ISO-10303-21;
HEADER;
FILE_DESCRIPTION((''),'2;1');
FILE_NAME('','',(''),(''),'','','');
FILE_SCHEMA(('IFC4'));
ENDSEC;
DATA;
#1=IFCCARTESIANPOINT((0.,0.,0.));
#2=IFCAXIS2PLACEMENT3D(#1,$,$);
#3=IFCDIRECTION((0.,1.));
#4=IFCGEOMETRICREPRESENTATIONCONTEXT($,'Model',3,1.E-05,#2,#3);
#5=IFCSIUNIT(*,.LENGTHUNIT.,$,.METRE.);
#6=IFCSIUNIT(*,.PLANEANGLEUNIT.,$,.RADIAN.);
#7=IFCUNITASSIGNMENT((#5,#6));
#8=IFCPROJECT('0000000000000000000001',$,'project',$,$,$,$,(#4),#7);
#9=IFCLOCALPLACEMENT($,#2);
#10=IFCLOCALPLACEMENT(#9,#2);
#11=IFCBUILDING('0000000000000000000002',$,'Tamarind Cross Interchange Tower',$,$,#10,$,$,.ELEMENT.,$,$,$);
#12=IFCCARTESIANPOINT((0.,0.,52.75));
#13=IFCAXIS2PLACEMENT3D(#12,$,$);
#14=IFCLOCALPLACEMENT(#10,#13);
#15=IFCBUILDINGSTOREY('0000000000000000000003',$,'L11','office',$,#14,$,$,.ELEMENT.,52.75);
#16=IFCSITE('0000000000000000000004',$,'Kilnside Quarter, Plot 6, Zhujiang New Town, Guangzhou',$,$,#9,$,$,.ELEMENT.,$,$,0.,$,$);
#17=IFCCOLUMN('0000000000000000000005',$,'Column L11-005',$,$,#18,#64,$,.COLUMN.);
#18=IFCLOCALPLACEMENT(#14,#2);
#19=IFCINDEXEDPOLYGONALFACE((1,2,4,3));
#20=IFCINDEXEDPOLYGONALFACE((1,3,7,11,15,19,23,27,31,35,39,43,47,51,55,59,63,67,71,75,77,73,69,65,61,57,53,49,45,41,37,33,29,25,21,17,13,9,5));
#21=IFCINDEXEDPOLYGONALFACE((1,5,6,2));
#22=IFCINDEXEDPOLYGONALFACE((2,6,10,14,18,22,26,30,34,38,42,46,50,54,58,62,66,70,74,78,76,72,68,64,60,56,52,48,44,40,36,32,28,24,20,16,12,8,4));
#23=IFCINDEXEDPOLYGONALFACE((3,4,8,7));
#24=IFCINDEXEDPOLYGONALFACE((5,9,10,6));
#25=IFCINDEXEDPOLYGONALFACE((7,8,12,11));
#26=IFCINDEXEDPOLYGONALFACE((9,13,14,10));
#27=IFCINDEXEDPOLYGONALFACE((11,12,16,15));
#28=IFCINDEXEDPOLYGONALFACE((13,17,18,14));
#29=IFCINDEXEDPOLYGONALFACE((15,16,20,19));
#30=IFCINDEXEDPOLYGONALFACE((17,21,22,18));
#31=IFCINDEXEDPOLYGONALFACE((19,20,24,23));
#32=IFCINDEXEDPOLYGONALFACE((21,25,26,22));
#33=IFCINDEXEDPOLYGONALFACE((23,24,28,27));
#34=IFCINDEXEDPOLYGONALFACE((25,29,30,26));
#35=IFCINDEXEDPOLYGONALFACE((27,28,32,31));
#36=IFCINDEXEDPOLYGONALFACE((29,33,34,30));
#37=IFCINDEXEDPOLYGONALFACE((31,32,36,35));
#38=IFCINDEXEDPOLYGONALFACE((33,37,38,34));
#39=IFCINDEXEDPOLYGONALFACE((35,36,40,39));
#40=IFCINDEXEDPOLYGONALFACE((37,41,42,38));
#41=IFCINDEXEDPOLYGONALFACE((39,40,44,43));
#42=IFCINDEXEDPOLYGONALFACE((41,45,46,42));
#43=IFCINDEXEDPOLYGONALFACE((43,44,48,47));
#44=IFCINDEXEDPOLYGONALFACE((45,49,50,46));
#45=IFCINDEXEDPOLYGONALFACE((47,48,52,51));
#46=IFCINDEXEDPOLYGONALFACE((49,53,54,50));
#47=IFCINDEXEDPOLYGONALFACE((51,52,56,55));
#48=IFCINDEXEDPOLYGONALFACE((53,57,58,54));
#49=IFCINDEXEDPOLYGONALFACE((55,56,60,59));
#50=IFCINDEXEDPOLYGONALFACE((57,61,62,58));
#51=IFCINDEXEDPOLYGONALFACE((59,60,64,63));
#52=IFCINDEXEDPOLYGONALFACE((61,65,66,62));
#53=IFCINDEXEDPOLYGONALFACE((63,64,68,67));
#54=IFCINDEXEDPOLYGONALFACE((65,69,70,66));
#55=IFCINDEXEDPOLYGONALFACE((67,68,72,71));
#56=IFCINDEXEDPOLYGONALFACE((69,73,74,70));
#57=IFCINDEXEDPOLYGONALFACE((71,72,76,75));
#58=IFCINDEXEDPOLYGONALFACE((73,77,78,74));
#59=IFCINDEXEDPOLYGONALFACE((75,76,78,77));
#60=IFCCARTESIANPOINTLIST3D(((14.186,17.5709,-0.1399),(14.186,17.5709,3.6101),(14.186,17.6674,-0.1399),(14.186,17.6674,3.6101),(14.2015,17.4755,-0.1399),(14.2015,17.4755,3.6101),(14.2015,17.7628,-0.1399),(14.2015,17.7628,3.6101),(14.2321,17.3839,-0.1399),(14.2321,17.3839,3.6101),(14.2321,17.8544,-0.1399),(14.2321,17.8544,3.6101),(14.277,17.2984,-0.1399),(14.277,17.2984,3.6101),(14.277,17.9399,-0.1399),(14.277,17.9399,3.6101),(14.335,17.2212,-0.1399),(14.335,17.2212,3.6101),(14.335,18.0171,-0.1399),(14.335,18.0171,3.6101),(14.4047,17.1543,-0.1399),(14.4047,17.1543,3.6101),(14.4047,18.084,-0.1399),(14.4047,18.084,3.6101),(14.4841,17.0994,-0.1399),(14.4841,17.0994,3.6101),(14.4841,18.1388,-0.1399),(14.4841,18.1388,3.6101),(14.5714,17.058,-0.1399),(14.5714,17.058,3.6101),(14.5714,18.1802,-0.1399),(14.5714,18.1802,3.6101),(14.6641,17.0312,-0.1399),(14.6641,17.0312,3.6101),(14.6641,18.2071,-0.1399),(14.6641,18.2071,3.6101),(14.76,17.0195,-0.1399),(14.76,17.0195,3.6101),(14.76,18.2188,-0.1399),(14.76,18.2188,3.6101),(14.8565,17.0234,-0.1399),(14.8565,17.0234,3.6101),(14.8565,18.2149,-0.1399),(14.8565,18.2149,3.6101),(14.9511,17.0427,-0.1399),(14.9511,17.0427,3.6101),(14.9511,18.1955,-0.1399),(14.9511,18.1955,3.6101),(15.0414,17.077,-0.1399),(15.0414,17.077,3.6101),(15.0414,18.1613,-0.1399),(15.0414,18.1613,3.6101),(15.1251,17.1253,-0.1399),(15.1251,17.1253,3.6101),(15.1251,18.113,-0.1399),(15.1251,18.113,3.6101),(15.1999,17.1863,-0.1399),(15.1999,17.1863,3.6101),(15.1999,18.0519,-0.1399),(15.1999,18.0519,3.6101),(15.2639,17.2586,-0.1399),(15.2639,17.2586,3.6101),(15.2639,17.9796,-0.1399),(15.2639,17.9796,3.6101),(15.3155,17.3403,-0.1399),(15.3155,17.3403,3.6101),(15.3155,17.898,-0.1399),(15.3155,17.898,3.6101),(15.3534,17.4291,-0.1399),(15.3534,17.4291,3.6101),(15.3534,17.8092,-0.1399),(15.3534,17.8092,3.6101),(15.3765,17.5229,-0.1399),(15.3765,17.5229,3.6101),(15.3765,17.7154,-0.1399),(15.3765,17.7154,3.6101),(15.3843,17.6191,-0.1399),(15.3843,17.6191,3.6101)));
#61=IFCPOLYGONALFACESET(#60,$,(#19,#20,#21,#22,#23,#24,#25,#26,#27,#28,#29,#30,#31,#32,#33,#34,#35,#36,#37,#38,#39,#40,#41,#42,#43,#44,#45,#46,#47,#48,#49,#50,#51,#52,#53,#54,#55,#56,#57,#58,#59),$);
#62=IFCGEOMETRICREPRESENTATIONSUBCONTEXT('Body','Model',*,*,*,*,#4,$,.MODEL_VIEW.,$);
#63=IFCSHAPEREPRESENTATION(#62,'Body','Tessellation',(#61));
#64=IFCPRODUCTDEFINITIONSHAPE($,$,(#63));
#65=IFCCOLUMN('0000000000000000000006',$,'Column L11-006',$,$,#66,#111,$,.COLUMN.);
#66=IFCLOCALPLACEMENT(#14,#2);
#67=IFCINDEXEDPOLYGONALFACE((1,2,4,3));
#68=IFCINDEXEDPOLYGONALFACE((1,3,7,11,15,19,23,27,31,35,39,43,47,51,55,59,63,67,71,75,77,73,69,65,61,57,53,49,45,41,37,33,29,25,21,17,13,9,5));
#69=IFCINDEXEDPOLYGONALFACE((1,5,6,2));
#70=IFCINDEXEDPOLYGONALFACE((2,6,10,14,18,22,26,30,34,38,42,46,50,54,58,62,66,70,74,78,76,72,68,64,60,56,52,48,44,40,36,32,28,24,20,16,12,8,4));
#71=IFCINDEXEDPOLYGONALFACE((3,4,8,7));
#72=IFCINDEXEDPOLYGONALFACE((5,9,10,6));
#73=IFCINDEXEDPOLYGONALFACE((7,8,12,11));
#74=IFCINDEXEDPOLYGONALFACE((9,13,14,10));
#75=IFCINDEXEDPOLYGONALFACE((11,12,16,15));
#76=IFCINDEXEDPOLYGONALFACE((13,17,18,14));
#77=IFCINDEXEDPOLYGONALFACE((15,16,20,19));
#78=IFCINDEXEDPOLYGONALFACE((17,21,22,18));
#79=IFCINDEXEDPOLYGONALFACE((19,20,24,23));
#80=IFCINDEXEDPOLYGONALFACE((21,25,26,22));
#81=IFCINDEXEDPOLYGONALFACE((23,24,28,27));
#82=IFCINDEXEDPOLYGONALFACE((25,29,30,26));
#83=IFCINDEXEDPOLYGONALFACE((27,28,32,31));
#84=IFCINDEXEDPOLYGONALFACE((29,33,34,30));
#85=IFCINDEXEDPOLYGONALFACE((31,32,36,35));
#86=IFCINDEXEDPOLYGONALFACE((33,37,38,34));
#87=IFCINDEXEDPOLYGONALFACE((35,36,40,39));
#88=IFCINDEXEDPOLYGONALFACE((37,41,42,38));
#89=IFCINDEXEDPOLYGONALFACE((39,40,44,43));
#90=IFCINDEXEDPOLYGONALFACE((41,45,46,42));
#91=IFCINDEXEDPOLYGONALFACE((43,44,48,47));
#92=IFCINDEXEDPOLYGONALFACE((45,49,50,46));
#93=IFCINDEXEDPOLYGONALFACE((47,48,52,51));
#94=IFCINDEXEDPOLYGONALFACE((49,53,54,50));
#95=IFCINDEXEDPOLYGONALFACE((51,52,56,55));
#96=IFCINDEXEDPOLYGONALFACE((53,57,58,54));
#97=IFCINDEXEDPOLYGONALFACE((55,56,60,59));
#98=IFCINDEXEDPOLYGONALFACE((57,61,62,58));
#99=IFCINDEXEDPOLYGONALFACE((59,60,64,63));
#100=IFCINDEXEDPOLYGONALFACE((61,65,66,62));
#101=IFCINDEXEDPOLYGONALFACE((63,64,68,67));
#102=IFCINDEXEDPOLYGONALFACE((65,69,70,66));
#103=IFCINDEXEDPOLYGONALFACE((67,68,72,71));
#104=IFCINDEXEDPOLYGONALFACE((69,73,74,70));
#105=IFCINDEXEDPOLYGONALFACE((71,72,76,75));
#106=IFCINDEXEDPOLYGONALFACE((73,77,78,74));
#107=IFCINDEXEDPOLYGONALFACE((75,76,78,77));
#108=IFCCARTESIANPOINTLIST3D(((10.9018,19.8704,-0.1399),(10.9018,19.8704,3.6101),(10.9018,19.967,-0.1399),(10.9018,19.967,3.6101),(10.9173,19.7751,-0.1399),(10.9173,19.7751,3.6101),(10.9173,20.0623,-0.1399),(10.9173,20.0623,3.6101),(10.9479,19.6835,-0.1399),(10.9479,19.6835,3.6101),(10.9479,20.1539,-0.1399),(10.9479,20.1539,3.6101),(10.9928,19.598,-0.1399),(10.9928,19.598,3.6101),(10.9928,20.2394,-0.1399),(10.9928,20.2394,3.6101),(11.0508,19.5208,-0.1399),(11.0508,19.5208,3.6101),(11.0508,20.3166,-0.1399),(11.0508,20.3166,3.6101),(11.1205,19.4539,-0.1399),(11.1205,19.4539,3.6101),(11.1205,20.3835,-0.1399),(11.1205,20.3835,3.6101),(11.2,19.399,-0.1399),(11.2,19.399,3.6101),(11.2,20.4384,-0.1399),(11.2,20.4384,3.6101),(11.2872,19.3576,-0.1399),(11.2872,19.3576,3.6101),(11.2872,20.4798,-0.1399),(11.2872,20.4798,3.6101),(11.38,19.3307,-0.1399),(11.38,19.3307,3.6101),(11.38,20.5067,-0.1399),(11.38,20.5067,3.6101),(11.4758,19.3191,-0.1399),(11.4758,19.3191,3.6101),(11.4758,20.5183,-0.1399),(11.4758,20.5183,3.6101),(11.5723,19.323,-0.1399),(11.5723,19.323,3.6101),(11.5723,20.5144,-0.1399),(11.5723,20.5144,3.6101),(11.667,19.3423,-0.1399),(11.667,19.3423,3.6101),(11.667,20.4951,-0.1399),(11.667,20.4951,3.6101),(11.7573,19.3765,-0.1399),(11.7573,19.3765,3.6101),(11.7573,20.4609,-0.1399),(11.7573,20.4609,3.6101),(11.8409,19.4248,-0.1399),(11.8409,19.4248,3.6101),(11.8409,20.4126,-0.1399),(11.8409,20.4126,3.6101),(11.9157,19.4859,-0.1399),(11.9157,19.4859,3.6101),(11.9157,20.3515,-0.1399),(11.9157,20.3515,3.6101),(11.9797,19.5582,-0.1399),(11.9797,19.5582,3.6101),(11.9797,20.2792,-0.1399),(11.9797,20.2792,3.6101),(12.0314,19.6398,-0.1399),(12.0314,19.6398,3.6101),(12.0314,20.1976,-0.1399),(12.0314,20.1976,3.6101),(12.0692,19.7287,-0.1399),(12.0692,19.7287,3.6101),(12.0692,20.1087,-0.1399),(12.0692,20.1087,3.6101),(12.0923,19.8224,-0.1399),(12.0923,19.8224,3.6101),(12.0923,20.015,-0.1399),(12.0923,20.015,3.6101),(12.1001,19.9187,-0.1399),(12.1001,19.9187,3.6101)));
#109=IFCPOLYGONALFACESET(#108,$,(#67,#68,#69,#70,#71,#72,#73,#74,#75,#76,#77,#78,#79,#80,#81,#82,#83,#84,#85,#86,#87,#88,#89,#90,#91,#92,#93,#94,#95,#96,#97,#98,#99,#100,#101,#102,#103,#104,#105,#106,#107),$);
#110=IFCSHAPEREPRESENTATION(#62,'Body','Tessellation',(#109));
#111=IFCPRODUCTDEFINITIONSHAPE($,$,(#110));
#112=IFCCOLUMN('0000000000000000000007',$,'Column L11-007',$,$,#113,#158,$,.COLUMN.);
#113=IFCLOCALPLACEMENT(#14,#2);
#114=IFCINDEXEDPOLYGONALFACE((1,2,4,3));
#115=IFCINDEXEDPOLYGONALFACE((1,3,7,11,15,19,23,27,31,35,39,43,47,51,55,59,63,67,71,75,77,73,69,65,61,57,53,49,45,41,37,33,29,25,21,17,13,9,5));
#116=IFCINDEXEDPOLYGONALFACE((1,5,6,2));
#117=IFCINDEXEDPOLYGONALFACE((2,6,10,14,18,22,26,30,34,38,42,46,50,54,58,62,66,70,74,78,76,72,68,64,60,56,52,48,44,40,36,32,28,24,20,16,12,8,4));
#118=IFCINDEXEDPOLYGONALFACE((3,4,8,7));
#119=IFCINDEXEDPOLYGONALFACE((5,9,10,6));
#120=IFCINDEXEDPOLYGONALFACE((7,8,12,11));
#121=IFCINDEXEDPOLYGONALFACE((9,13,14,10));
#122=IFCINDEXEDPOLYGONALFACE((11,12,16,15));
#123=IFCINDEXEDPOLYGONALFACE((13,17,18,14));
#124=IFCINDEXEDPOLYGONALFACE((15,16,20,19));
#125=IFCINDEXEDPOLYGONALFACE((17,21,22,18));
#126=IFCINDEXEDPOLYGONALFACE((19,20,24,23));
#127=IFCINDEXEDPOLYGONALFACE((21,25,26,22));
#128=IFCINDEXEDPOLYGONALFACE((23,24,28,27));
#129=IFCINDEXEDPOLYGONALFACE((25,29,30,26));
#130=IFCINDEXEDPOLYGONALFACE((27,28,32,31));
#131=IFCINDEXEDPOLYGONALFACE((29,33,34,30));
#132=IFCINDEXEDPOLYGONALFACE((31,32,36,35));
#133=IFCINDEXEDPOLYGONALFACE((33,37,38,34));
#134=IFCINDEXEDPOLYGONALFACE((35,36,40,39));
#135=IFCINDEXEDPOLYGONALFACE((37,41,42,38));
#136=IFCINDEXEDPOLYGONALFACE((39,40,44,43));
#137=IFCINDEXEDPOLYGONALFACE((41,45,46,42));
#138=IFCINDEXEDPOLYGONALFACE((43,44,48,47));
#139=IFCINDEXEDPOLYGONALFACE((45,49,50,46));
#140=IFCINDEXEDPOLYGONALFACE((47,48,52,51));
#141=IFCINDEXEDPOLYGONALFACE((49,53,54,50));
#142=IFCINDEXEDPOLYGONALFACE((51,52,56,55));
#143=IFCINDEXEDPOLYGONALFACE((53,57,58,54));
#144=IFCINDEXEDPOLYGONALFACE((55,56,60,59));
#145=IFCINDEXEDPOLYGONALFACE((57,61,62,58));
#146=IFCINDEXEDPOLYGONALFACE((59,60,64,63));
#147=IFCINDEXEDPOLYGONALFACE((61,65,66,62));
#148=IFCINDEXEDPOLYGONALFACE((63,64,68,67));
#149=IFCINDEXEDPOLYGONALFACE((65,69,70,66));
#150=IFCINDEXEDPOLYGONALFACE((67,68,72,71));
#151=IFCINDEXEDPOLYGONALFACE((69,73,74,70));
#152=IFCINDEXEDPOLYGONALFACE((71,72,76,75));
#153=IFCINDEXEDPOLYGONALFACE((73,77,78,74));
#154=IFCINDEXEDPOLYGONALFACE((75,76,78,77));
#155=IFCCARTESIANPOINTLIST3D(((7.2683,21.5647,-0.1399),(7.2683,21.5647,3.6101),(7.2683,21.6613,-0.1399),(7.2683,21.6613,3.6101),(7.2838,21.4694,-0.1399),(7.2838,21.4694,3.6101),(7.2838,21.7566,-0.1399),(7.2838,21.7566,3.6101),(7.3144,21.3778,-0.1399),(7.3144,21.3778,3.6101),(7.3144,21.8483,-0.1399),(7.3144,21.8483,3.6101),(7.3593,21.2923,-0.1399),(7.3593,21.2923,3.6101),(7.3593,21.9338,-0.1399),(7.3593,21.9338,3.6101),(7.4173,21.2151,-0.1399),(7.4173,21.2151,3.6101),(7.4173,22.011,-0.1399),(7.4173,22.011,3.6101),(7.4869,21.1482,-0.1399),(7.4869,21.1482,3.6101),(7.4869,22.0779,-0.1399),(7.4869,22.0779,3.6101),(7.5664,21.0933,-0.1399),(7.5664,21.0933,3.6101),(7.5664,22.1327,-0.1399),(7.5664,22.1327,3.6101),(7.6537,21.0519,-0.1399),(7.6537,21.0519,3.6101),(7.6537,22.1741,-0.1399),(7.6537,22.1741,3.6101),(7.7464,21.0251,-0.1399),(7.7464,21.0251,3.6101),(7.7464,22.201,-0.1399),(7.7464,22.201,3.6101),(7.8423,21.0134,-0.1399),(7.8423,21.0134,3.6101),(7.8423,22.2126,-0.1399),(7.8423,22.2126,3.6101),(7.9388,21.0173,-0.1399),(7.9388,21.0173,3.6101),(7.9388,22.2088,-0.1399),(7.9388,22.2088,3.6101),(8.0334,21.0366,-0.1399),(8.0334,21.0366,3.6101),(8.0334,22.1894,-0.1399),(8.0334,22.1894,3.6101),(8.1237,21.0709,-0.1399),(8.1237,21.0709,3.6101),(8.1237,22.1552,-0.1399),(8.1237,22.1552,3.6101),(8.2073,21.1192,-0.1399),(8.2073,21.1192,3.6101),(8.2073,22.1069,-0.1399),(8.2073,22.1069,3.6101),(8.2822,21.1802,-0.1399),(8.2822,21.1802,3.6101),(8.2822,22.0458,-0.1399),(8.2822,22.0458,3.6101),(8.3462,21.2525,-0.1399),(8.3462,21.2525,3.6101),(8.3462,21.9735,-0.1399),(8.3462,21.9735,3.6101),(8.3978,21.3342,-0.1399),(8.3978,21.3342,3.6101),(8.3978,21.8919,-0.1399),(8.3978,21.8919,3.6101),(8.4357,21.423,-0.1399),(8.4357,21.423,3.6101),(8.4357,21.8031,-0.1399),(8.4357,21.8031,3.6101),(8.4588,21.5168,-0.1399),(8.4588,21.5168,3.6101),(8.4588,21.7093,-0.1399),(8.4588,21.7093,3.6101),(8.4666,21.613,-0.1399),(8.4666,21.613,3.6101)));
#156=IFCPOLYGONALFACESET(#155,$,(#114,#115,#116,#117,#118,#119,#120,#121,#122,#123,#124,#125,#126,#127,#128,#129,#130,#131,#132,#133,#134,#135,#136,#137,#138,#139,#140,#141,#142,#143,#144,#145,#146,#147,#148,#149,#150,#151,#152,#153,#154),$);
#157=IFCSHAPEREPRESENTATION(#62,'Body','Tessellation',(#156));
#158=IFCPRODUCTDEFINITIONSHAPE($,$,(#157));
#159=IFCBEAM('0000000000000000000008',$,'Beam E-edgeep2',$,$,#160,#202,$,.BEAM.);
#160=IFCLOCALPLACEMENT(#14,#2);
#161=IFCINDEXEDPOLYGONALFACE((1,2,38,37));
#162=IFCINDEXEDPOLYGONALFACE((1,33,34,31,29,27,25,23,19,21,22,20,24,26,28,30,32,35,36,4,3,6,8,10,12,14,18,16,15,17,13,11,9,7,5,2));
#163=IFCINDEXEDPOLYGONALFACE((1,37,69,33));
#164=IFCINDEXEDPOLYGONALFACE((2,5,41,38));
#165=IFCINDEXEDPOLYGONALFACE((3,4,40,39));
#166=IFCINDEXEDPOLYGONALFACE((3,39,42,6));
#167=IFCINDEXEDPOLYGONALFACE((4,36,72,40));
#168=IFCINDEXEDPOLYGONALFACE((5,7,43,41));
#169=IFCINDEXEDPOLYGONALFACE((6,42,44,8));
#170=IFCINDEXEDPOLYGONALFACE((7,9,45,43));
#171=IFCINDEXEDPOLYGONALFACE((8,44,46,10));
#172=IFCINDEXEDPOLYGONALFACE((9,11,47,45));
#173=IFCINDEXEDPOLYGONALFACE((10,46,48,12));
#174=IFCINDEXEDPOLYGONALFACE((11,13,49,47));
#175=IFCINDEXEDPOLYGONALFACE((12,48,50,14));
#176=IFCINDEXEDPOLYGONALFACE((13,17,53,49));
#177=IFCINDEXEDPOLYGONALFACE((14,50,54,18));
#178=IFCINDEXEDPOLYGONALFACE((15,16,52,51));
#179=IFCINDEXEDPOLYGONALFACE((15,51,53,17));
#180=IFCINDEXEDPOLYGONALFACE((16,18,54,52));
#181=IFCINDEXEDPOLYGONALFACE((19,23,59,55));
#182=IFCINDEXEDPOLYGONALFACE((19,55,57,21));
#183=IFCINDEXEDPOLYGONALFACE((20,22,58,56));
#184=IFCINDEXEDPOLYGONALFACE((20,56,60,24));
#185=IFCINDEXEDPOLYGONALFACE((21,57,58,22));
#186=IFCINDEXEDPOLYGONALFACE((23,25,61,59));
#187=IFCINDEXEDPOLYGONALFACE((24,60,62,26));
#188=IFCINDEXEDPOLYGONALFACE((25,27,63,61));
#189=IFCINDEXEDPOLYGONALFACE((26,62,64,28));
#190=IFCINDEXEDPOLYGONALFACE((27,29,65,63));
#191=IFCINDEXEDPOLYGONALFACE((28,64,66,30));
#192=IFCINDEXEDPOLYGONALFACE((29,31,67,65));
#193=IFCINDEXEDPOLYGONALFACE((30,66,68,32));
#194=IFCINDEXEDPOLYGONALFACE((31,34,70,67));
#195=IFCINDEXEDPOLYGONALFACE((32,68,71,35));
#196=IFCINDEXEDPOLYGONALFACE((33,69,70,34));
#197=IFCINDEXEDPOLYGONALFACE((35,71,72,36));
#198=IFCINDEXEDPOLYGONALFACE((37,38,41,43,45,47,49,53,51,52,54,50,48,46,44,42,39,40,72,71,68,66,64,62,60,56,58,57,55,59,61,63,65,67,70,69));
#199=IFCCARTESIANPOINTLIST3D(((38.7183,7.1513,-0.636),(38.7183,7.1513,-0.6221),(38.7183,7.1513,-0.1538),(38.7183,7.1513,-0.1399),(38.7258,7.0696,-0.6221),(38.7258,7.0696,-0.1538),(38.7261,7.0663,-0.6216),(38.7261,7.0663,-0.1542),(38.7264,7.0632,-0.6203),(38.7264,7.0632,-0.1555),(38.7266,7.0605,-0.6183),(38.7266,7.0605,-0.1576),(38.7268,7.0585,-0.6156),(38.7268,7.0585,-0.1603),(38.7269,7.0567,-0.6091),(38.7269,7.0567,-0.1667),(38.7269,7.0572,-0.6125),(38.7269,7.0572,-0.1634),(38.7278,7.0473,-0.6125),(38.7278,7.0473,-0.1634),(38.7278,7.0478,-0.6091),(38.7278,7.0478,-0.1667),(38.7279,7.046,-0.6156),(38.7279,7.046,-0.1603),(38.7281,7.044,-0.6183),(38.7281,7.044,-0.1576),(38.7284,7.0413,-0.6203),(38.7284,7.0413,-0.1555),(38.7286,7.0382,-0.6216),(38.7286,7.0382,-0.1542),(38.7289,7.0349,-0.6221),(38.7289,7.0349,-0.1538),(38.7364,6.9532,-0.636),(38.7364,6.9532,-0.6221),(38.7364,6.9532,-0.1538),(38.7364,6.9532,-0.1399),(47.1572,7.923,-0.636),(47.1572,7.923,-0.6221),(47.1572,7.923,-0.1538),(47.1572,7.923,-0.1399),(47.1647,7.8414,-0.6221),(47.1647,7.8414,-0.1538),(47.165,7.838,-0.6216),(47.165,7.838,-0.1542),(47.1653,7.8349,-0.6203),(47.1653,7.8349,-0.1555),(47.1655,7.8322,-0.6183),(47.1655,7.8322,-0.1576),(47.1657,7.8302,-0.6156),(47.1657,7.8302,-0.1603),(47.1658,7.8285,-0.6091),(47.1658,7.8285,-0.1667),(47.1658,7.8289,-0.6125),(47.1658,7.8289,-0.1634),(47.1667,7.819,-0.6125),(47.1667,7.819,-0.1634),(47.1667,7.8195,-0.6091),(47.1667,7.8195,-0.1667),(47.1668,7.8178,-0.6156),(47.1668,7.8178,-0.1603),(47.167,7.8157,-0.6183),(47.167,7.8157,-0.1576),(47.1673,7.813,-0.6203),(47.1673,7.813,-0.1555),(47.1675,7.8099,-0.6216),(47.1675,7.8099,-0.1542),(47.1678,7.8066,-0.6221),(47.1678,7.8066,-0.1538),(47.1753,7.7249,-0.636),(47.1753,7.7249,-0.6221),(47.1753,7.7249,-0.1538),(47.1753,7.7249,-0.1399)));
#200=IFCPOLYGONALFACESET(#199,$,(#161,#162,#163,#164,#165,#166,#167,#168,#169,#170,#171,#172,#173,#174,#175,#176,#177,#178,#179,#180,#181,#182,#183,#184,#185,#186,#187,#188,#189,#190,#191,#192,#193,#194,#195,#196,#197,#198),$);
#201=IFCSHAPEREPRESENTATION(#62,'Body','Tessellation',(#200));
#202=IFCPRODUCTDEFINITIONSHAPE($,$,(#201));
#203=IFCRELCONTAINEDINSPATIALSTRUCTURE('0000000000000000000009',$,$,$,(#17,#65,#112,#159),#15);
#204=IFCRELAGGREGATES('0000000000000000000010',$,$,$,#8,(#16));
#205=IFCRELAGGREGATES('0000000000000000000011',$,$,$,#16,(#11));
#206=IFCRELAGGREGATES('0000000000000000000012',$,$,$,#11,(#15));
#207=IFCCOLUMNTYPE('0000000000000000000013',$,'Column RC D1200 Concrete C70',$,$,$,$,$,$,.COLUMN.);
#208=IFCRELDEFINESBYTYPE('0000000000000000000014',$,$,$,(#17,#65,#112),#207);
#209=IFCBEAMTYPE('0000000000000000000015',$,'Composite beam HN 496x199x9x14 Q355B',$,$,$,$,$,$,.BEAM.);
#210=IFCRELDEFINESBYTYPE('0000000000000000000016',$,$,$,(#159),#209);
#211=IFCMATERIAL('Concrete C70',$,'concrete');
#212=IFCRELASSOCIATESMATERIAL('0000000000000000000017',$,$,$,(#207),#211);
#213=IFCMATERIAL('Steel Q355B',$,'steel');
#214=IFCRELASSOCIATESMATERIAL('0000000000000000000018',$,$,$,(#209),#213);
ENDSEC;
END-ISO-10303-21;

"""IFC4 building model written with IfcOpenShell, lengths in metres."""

from ifc_helpers import new_model, si_unit, direction, frame, origin, origin_2d, place, context, subcontext, project, spatial, circle, i_section, extrude, material, material_profile, profile_set, type_object, element, save


model = new_model("IFC4")

# Units and contexts
model_context = context("Model", 3, precision=1e-05, world=origin(), true_north=direction((0.0, 1.0)))
body_context = subcontext(model_context, "Body", "Model", "MODEL_VIEW")
ifc_project = project(units=[si_unit("LENGTHUNIT", "METRE"), si_unit("PLANEANGLEUNIT", "RADIAN")], contexts=[model_context])

# Site, building, storey
site_placement = place(None, origin())
site = spatial("IfcSite", under=ifc_project, at=site_placement, Name="Kilnside Quarter, Plot 6, Zhujiang New Town, Guangzhou", CompositionType="ELEMENT", RefElevation=0.0)
building_placement = place(site_placement, origin())
building = spatial("IfcBuilding", under=site, at=building_placement, Name="Tamarind Cross Interchange Tower", CompositionType="ELEMENT")
storey_placement = place(building_placement, frame((0.0, 0.0, 52.75)))
storey = spatial("IfcBuildingStorey", under=building, at=storey_placement, Name="L11", Description="office", CompositionType="ELEMENT", Elevation=52.75)

# Columns
ifc_material_1 = material(Name="Concrete C70", Category="concrete")
ifc_material_profile_1 = material_profile(ifc_material_1, circle(Radius=0.6001, at=origin_2d()), Name="RC D1200")
ifc_profile_set_1 = profile_set([ifc_material_profile_1], Name="Concrete C70")
column_type_1 = type_object("IfcColumnType", Name="Column RC D1200 Concrete C70", PredefinedType="COLUMN", material=ifc_profile_set_1)
for number, where, z_axis, x_axis, name in (
    (1, (14.7842, 17.6191, -0.1399), (0.0, 0.0, 1.0), (1.0, 0.0, 0.0), "Column L11-005"),
    (2, (11.5, 19.9187, -0.1399), (0.0, 0.0, 1.0), (1.0, 0.0, 0.0), "Column L11-006"),
    (3, (7.8665, 21.613, -0.1399), (0.0, 0.0, 1.0), (1.0, 0.0, 0.0), "Column L11-007"),
):
    element("IfcColumn", number, at=place(storey_placement, frame(where, z_axis=z_axis, x_axis=x_axis)), inside=storey, type_object=column_type_1, Name=name, PredefinedType="COLUMN", context=body_context, shape_type="SweptSolid", body=[
        extrude(circle(Radius=0.6001, at=origin_2d()), origin(), (0.0, 0.0, 1.0), 3.75),
    ])

# Beam
ifc_material_2 = material(Name="Steel Q355B", Category="steel")
ifc_material_profile_2 = material_profile(ifc_material_2, i_section(OverallWidth=0.199, OverallDepth=0.4961, WebThickness=0.009, FlangeThickness=0.0139, FilletRadius=0.0129, at=origin_2d()), Name="HN 496x199x9x14")
ifc_profile_set_2 = profile_set([ifc_material_profile_2], Name="Steel Q355B")
beam_type_1 = type_object("IfcBeamType", Name="Composite beam HN 496x199x9x14 Q355B", PredefinedType="BEAM", material=ifc_profile_set_2)
beam_1_placement = place(storey_placement, frame((47.1663, 7.824, -0.3879), z_axis=(-0.995845, -0.091068, 0.0), x_axis=(0.091068, -0.995845, 0.0)))
element("IfcBeam", 4, at=beam_1_placement, inside=storey, type_object=beam_type_1, Name="Beam E-edgeep2", PredefinedType="BEAM", context=body_context, shape_type="SweptSolid", body=[
    extrude(i_section(OverallWidth=0.199, OverallDepth=0.4961, WebThickness=0.009, FlangeThickness=0.0139, FilletRadius=0.0129, at=origin_2d()), origin(), (0.0, 0.0, 1.0), 8.4741),
])

save(model, "model.ifc")
